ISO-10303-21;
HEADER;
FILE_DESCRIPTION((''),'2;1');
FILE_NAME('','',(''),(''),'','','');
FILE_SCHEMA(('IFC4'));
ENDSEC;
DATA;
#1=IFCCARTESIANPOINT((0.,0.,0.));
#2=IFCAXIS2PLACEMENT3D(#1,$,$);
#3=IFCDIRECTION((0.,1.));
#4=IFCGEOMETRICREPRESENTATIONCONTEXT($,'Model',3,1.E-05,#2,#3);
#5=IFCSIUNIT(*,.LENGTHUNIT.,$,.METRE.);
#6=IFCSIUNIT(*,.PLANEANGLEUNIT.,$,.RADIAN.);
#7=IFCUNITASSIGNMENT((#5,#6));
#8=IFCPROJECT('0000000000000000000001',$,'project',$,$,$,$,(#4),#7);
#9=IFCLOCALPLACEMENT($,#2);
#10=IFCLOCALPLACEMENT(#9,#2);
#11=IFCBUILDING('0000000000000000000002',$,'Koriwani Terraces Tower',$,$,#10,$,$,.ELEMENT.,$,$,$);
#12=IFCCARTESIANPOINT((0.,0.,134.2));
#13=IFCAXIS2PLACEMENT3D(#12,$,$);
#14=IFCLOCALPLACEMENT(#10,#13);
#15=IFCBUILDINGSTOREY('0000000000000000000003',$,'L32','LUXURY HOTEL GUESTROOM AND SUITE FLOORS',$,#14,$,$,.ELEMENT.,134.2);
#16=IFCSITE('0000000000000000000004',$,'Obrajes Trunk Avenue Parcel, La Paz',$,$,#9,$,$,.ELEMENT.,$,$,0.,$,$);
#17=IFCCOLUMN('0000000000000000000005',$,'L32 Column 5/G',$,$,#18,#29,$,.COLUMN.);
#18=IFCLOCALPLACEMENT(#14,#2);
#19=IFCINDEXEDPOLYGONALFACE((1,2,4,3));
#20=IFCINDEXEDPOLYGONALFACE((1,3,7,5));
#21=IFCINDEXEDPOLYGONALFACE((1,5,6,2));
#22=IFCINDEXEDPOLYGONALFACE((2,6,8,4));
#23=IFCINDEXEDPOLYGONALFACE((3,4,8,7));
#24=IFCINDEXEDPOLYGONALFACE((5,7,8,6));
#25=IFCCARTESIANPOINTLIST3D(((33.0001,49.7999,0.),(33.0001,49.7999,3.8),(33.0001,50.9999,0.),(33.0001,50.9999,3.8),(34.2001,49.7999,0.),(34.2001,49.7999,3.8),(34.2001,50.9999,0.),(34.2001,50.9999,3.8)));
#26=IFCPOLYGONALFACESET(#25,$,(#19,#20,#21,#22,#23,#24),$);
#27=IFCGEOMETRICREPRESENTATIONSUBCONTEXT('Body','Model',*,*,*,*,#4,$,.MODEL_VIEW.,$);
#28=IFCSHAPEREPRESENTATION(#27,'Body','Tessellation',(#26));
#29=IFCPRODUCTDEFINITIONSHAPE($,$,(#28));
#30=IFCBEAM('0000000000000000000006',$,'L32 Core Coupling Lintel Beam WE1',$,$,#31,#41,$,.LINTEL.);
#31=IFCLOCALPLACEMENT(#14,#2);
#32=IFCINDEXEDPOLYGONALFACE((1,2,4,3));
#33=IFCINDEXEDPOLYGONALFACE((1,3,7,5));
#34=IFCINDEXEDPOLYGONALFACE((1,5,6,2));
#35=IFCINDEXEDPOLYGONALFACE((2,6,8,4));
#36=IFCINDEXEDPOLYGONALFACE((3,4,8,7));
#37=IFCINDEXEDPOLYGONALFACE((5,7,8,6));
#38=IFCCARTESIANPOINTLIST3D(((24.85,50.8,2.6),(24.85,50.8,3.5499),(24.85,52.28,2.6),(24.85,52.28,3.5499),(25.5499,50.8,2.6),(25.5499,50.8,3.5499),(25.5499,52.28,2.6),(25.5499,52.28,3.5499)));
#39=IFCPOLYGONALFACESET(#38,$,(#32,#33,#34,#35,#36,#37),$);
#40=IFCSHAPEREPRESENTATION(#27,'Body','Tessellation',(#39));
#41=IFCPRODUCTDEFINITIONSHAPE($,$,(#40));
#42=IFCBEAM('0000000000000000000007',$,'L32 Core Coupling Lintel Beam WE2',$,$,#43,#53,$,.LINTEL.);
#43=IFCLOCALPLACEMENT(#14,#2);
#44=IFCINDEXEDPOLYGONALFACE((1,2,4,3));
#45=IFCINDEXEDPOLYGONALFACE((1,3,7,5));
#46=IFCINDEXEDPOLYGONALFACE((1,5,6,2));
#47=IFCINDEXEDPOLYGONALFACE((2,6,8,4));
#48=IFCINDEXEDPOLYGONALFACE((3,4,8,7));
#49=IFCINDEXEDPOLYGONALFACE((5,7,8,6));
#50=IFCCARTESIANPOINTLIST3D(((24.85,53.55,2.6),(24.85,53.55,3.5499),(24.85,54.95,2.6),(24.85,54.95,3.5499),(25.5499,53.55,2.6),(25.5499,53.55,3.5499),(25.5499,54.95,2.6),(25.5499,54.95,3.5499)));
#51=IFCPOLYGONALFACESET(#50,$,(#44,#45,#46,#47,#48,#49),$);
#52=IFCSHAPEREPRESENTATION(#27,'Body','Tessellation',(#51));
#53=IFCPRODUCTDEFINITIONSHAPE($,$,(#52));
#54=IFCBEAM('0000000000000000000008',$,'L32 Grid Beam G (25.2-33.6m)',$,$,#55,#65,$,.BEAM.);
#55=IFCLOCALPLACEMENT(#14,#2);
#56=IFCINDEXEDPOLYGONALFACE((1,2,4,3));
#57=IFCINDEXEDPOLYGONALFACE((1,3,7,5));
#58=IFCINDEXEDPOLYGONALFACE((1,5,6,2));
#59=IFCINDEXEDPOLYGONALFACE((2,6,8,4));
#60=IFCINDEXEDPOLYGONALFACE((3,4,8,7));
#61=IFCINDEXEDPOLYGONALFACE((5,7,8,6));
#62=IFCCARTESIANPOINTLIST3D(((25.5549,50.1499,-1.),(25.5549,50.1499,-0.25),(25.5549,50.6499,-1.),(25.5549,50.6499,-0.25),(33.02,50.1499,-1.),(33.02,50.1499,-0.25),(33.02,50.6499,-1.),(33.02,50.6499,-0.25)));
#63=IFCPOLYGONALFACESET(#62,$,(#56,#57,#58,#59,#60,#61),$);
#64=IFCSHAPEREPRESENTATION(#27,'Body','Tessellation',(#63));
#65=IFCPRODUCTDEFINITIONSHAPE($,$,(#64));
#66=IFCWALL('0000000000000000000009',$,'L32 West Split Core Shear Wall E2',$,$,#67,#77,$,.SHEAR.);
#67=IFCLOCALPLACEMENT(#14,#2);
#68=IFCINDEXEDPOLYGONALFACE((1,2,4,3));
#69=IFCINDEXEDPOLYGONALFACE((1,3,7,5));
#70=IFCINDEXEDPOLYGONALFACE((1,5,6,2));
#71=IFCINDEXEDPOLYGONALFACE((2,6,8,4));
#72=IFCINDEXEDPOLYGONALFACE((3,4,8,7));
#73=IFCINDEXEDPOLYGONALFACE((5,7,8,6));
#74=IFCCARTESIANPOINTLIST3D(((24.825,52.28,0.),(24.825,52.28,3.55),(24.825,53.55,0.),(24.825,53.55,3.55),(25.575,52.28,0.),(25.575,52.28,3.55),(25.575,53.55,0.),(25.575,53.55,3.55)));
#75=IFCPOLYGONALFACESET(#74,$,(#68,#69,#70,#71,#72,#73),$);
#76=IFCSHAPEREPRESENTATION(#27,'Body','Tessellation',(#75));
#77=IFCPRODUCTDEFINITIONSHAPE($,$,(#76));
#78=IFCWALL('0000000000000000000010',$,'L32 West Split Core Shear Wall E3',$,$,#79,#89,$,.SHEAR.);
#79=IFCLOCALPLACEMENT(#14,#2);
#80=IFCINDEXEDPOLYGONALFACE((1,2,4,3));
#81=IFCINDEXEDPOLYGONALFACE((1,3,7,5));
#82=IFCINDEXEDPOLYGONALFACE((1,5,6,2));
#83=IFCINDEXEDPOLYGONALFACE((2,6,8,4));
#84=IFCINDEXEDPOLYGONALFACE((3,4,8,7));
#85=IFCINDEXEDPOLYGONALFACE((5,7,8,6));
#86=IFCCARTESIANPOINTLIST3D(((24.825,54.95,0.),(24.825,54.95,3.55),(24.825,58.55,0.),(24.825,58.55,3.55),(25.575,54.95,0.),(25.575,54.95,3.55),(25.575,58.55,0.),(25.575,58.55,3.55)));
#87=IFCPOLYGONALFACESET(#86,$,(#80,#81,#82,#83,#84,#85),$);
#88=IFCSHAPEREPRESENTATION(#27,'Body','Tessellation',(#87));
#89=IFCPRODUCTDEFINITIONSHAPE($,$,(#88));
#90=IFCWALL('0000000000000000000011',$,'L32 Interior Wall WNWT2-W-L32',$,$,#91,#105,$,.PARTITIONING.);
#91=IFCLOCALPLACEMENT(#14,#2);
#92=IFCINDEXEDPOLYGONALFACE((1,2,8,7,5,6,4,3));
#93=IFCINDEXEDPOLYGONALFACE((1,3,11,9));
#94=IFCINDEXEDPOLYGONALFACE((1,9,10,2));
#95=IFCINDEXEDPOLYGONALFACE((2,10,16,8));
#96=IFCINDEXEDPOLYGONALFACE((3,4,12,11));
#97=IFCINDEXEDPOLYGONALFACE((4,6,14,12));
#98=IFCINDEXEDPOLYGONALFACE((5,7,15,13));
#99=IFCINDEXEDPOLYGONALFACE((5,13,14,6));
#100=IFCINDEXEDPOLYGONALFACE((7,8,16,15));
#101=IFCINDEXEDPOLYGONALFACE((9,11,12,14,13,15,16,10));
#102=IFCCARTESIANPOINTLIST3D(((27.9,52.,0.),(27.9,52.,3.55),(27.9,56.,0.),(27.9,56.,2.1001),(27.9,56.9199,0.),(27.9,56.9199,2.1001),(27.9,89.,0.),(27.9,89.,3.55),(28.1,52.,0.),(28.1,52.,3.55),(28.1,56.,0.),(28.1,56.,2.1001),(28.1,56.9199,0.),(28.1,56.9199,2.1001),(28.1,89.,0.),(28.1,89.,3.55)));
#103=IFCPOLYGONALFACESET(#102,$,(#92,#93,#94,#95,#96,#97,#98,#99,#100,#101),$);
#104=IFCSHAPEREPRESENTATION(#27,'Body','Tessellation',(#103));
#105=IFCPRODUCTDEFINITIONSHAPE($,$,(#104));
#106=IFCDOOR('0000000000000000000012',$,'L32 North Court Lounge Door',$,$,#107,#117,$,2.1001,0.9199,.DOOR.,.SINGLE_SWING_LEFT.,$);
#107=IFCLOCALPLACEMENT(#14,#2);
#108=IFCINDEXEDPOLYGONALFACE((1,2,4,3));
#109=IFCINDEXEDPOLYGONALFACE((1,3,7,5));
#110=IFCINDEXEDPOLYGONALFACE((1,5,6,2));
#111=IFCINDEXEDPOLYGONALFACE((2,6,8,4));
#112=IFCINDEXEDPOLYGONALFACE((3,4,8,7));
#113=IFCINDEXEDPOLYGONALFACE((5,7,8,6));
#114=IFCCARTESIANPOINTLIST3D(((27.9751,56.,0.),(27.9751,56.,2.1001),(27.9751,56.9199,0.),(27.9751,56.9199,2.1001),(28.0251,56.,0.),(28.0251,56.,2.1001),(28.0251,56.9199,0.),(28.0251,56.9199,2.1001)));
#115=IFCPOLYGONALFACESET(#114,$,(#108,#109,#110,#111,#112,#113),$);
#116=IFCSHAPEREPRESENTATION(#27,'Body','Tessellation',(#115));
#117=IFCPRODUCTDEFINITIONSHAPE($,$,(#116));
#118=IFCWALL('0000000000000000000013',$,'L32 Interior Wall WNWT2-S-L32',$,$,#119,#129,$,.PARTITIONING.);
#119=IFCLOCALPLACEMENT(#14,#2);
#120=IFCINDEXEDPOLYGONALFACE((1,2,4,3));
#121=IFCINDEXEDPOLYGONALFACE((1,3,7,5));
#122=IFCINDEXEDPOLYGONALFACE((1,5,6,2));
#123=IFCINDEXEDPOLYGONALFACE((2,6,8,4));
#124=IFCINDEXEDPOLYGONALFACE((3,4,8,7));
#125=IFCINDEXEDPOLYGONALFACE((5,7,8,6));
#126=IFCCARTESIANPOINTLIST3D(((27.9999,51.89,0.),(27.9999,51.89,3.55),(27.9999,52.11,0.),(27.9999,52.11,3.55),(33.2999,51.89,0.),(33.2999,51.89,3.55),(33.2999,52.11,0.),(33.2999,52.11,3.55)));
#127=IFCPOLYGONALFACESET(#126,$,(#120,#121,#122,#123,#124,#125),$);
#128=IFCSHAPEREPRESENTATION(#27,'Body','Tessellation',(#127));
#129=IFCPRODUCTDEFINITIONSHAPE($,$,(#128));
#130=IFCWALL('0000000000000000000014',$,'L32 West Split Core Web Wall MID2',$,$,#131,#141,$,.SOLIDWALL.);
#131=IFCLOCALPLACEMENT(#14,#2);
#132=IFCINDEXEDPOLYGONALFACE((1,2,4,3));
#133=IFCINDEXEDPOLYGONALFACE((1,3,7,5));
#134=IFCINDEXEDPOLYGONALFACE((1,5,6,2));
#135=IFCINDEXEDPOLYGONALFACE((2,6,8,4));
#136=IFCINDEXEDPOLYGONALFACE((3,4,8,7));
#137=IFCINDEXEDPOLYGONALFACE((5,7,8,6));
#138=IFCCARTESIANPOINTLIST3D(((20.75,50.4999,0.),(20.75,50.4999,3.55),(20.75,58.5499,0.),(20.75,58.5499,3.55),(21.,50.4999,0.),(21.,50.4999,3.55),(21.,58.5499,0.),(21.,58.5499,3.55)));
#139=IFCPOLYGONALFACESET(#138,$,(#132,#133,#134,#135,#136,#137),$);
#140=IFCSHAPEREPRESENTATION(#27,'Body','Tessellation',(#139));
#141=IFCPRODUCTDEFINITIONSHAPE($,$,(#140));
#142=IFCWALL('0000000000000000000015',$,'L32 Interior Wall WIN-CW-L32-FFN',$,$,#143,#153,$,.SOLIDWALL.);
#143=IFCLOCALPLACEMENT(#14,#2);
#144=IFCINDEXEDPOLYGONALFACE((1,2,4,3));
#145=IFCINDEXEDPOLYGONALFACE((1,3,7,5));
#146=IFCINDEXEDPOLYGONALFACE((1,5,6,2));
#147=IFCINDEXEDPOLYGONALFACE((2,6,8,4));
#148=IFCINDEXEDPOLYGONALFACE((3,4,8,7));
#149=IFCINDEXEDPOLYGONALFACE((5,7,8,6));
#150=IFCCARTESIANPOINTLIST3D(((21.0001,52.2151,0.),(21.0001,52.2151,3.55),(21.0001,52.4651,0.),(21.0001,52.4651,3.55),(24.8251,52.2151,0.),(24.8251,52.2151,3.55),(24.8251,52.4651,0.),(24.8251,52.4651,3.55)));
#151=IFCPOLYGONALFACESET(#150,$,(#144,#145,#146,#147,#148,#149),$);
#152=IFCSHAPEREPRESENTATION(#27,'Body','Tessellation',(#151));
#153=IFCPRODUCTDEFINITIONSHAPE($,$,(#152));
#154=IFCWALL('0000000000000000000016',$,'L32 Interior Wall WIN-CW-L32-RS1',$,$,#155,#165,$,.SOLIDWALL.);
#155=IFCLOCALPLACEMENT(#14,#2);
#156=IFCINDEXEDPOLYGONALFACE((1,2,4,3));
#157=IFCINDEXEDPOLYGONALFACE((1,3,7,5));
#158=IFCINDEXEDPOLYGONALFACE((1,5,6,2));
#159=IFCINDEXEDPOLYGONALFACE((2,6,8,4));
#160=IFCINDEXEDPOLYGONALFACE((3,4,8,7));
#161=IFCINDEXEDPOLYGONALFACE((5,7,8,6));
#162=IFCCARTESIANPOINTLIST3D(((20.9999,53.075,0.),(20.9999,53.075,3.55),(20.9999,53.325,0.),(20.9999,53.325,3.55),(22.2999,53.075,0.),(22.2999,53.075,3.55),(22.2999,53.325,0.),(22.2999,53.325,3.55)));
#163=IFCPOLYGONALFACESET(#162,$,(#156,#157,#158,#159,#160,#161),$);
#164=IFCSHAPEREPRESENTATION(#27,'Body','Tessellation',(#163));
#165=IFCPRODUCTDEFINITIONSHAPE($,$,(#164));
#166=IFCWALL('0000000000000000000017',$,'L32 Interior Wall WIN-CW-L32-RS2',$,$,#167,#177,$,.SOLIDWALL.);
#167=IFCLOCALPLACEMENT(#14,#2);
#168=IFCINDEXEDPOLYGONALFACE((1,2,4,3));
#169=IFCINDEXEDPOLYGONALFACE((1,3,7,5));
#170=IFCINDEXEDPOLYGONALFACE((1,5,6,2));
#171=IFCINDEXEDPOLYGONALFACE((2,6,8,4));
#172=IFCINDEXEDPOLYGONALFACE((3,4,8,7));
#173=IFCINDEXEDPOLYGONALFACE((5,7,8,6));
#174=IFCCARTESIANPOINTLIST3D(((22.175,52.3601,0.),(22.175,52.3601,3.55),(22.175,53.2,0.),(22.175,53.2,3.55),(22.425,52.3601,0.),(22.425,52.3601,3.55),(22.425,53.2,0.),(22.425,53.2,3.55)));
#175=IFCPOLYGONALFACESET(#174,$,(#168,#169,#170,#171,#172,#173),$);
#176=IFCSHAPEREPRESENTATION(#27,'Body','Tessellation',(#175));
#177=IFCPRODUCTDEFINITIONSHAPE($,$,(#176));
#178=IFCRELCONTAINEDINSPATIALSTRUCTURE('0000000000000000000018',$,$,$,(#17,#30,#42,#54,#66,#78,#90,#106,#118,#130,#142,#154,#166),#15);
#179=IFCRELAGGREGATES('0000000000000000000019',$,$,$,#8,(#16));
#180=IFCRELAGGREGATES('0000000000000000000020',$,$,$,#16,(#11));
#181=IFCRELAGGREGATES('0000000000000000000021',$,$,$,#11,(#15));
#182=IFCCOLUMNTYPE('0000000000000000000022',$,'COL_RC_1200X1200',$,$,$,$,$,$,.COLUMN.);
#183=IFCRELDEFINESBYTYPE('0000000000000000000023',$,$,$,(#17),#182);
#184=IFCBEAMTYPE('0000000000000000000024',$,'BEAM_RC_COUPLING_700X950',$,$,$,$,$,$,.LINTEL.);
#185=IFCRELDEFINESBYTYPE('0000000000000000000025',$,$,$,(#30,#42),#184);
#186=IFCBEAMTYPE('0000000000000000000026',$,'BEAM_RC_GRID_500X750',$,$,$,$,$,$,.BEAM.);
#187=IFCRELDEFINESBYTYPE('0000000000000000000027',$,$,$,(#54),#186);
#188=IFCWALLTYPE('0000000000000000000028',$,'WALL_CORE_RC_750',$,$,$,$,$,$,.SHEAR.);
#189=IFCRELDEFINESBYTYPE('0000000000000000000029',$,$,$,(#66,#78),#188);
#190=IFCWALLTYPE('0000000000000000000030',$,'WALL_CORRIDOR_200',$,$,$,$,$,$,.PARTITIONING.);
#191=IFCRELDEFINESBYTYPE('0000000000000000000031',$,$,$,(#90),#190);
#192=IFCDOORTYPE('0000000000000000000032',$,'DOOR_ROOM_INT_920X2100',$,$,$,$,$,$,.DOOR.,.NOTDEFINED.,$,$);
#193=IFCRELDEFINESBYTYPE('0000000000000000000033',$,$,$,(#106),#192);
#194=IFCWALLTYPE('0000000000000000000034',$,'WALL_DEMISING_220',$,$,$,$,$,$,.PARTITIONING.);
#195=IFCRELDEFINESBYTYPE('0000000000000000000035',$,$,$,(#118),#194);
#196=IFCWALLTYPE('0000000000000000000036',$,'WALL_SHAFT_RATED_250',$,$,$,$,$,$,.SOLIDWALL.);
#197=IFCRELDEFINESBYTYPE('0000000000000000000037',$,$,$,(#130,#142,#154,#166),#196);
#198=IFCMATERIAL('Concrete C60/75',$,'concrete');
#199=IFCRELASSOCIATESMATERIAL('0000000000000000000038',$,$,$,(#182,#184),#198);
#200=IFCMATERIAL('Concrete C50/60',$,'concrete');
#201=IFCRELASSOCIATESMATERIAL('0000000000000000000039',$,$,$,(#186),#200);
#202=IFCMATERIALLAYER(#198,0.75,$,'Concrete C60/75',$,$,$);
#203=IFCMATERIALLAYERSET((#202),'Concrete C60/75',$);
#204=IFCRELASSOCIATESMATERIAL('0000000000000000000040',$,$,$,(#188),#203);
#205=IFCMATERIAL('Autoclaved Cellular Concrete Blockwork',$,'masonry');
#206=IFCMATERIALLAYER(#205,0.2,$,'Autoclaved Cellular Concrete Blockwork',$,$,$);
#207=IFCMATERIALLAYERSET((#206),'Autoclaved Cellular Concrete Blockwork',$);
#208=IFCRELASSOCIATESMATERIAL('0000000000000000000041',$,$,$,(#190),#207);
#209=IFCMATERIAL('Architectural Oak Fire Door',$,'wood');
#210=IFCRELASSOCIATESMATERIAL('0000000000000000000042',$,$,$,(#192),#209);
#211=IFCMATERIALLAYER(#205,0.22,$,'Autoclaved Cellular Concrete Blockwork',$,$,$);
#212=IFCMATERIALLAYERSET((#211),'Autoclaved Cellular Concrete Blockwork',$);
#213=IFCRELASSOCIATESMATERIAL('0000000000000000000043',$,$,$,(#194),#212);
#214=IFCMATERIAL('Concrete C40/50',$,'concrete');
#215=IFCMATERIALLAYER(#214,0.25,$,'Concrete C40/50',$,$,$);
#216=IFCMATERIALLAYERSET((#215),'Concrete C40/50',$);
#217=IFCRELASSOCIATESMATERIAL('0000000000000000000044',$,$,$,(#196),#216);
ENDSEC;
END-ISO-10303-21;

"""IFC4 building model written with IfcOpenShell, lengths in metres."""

from ifc_helpers import new_model, si_unit, direction, frame, frame_2d, origin, origin_2d, place, context, subcontext, project, spatial, rectangle, extrude, material, layer, layer_set, material_profile, profile_set, type_object, element, fill, save


model = new_model("IFC4")

# Units and contexts
model_context = context("Model", 3, precision=1e-05, world=origin(), true_north=direction((0.0, 1.0)))
body_context = subcontext(model_context, "Body", "Model", "MODEL_VIEW")
ifc_project = project(units=[si_unit("LENGTHUNIT", "METRE"), si_unit("PLANEANGLEUNIT", "RADIAN")], contexts=[model_context])

# Site, building, storey
site_placement = place(None, origin())
site = spatial("IfcSite", under=ifc_project, at=site_placement, Name="Obrajes Trunk Avenue Parcel, La Paz", CompositionType="ELEMENT", RefElevation=0.0)
building_placement = place(site_placement, origin())
building = spatial("IfcBuilding", under=site, at=building_placement, Name="Koriwani Terraces Tower", CompositionType="ELEMENT")
storey_placement = place(building_placement, frame((0.0, 0.0, 134.2)))
storey = spatial("IfcBuildingStorey", under=building, at=storey_placement, Name="L32", Description="LUXURY HOTEL GUESTROOM AND SUITE FLOORS", CompositionType="ELEMENT", Elevation=134.2)

# Column
ifc_material_1 = material(Name="Concrete C60/75", Category="concrete")
ifc_material_profile_1 = material_profile(ifc_material_1, rectangle(XDim=1.2, YDim=1.2, at=origin_2d()), Name="Concrete C60/75", Category="LoadBearing")
ifc_profile_set_1 = profile_set([ifc_material_profile_1], Name="Concrete C60/75")
column_type = type_object("IfcColumnType", Name="COL_RC_1200X1200", PredefinedType="COLUMN", material=ifc_profile_set_1)
column_placement = place(storey_placement, frame((33.6001, 50.3999, 0.0), z_axis=(0.0, 0.0, 1.0), x_axis=(1.0, 0.0, 0.0)))
element("IfcColumn", 1, at=column_placement, inside=storey, type_object=column_type, Name="L32 Column 5/G", PredefinedType="COLUMN", context=body_context, shape_type="SweptSolid", body=[
    extrude(rectangle(XDim=1.2, YDim=1.2, at=origin_2d()), origin(), (0.0, 0.0, 1.0), 3.8),
])

# Beams
ifc_material_profile_2 = material_profile(ifc_material_1, rectangle(XDim=0.7, YDim=0.95, at=origin_2d()), Name="Concrete C60/75", Category="LoadBearing")
ifc_profile_set_2 = profile_set([ifc_material_profile_2], Name="Concrete C60/75")
beam_type_1 = type_object("IfcBeamType", Name="BEAM_RC_COUPLING_700X950", PredefinedType="LINTEL", material=ifc_profile_set_2)
beam_1_placement = place(storey_placement, frame((25.2, 50.8, 3.075), z_axis=(0.0, 1.0, 0.0), x_axis=(-1.0, 0.0, 0.0)))
element("IfcBeam", 2, at=beam_1_placement, inside=storey, type_object=beam_type_1, Name="L32 Core Coupling Lintel Beam WE1", PredefinedType="LINTEL", context=body_context, shape_type="SweptSolid", body=[
    extrude(rectangle(XDim=0.7, YDim=0.95, at=origin_2d()), origin(), (0.0, 0.0, 1.0), 1.48),
])
beam_2_placement = place(storey_placement, frame((25.2, 53.55, 3.075), z_axis=(0.0, 1.0, 0.0), x_axis=(-1.0, 0.0, 0.0)))
element("IfcBeam", 3, at=beam_2_placement, inside=storey, type_object=beam_type_1, Name="L32 Core Coupling Lintel Beam WE2", PredefinedType="LINTEL", context=body_context, shape_type="SweptSolid", body=[
    extrude(rectangle(XDim=0.7, YDim=0.95, at=origin_2d()), origin(), (0.0, 0.0, 1.0), 1.3999),
])
ifc_material_2 = material(Name="Concrete C50/60", Category="concrete")
ifc_material_profile_3 = material_profile(ifc_material_2, rectangle(XDim=0.5, YDim=0.75, at=origin_2d()), Name="Concrete C50/60", Category="LoadBearing")
ifc_profile_set_3 = profile_set([ifc_material_profile_3], Name="Concrete C50/60")
beam_type_2 = type_object("IfcBeamType", Name="BEAM_RC_GRID_500X750", PredefinedType="BEAM", material=ifc_profile_set_3)
beam_3_placement = place(storey_placement, frame((25.5549, 50.3999, -0.625), z_axis=(1.0, 0.0, 0.0), x_axis=(0.0, 1.0, 0.0)))
element("IfcBeam", 4, at=beam_3_placement, inside=storey, type_object=beam_type_2, Name="L32 Grid Beam G (25.2-33.6m)", PredefinedType="BEAM", context=body_context, shape_type="SweptSolid", body=[
    extrude(rectangle(XDim=0.5, YDim=0.75, at=origin_2d()), origin(), (0.0, 0.0, 1.0), 7.4651),
])

# Walls
ifc_layer_1 = layer(ifc_material_1, 0.75, Name="Concrete C60/75")
ifc_layer_set_1 = layer_set([ifc_layer_1], Name="Concrete C60/75")
wall_type_1 = type_object("IfcWallType", Name="WALL_CORE_RC_750", PredefinedType="SHEAR", material=ifc_layer_set_1)
wall_1_placement = place(storey_placement, frame((25.2, 52.28, 0.0), z_axis=(0.0, 0.0, 1.0), x_axis=(0.0, 1.0, 0.0)))
element("IfcWall", 5, at=wall_1_placement, inside=storey, type_object=wall_type_1, Name="L32 West Split Core Shear Wall E2", PredefinedType="SHEAR", context=body_context, shape_type="SweptSolid", body=[
    extrude(rectangle(XDim=1.27, YDim=0.75, at=frame_2d((0.635, 0.0))), origin(), (0.0, 0.0, 1.0), 3.55),
])
wall_2_placement = place(storey_placement, frame((25.2, 54.95, 0.0), z_axis=(0.0, 0.0, 1.0), x_axis=(0.0, 1.0, 0.0)))
element("IfcWall", 6, at=wall_2_placement, inside=storey, type_object=wall_type_1, Name="L32 West Split Core Shear Wall E3", PredefinedType="SHEAR", context=body_context, shape_type="SweptSolid", body=[
    extrude(rectangle(XDim=3.6001, YDim=0.75, at=frame_2d((1.8, 0.0))), origin(), (0.0, 0.0, 1.0), 3.55),
])

# Wall, opening, door
ifc_material_3 = material(Name="Autoclaved Cellular Concrete Blockwork", Category="masonry")
ifc_layer_2 = layer(ifc_material_3, 0.2, Name="Autoclaved Cellular Concrete Blockwork")
ifc_layer_set_2 = layer_set([ifc_layer_2], Name="Autoclaved Cellular Concrete Blockwork")
wall_type_2 = type_object("IfcWallType", Name="WALL_CORRIDOR_200", PredefinedType="PARTITIONING", material=ifc_layer_set_2)
wall_3_placement = place(storey_placement, frame((28.0, 52.0, 0.0), z_axis=(0.0, 0.0, 1.0), x_axis=(0.0, 1.0, 0.0)))
wall_3 = element("IfcWall", 7, at=wall_3_placement, inside=storey, type_object=wall_type_2, Name="L32 Interior Wall WNWT2-W-L32", PredefinedType="PARTITIONING", context=body_context, shape_type="SweptSolid", body=[
    extrude(rectangle(XDim=37.0, YDim=0.2, at=frame_2d((18.5, 0.0))), origin(), (0.0, 0.0, 1.0), 3.55),
])
opening_1_placement = place(wall_3_placement, frame((4.0, 0.0, 0.0)))
opening_1 = element("IfcOpeningElement", 8, at=opening_1_placement, cuts=wall_3, PredefinedType="OPENING", context=body_context, shape_type="SweptSolid", body=[
    extrude(rectangle(XDim=0.9199, YDim=2.1001, at=frame_2d((0.46, 1.05))), frame((0.0, 0.1099, 0.0), z_axis=(0.0, -1.0, 0.0), x_axis=(1.0, 0.0, 0.0)), (0.0, 0.0, 1.0), 0.22),
])
ifc_material_4 = material(Name="Architectural Oak Fire Door", Category="wood")
door_type_1 = type_object("IfcDoorType", Name="DOOR_ROOM_INT_920X2100", OperationType="NOTDEFINED", PredefinedType="DOOR", material=ifc_material_4)
door_1_placement = place(opening_1_placement, origin())
door_1 = element("IfcDoor", 9, at=door_1_placement, inside=storey, type_object=door_type_1, Name="L32 North Court Lounge Door", OperationType="SINGLE_SWING_LEFT", OverallHeight=2.1001, OverallWidth=0.9199, PredefinedType="DOOR", context=body_context, shape_type="SweptSolid", body=[
    extrude(rectangle(XDim=0.9199, YDim=2.1001, at=frame_2d((0.46, 1.05))), frame((0.0, 0.0249, 0.0), z_axis=(0.0, -1.0, 0.0), x_axis=(1.0, 0.0, 0.0)), (0.0, 0.0, 1.0), 0.05),
])
fill(opening_1, door_1)

# Walls
ifc_layer_3 = layer(ifc_material_3, 0.22, Name="Autoclaved Cellular Concrete Blockwork")
ifc_layer_set_3 = layer_set([ifc_layer_3], Name="Autoclaved Cellular Concrete Blockwork")
wall_type_3 = type_object("IfcWallType", Name="WALL_DEMISING_220", PredefinedType="PARTITIONING", material=ifc_layer_set_3)
wall_4_placement = place(storey_placement, frame((28.0, 52.0, 0.0), z_axis=(0.0, 0.0, 1.0), x_axis=(1.0, 0.0, 0.0)))
element("IfcWall", 10, at=wall_4_placement, inside=storey, type_object=wall_type_3, Name="L32 Interior Wall WNWT2-S-L32", PredefinedType="PARTITIONING", context=body_context, shape_type="SweptSolid", body=[
    extrude(rectangle(XDim=5.3, YDim=0.22, at=frame_2d((2.6499, 0.0))), origin(), (0.0, 0.0, 1.0), 3.55),
])
ifc_material_5 = material(Name="Concrete C40/50", Category="concrete")
ifc_layer_4 = layer(ifc_material_5, 0.25, Name="Concrete C40/50")
ifc_layer_set_4 = layer_set([ifc_layer_4], Name="Concrete C40/50")
wall_type_4 = type_object("IfcWallType", Name="WALL_SHAFT_RATED_250", PredefinedType="SOLIDWALL", material=ifc_layer_set_4)
wall_5_placement = place(storey_placement, frame((20.875, 50.5, 0.0), z_axis=(0.0, 0.0, 1.0), x_axis=(0.0, 1.0, 0.0)))
element("IfcWall", 11, at=wall_5_placement, inside=storey, type_object=wall_type_4, Name="L32 West Split Core Web Wall MID2", PredefinedType="SOLIDWALL", context=body_context, shape_type="SweptSolid", body=[
    extrude(rectangle(XDim=8.05, YDim=0.25, at=frame_2d((4.0249, 0.0))), origin(), (0.0, 0.0, 1.0), 3.55),
])

# Wall
wall_6_placement = place(storey_placement, frame((21.0, 52.3401, 0.0), z_axis=(0.0, 0.0, 1.0), x_axis=(1.0, 0.0, 0.0)))
element("IfcWall", 12, at=wall_6_placement, inside=storey, type_object=wall_type_4, Name="L32 Interior Wall WIN-CW-L32-FFN", PredefinedType="SOLIDWALL", context=body_context, shape_type="SweptSolid", body=[
    extrude(rectangle(XDim=3.825, YDim=0.25, at=frame_2d((1.9126, 0.0))), origin(), (0.0, 0.0, 1.0), 3.55),
])

# Walls
wall_7_placement = place(storey_placement, frame((21.0, 53.2, 0.0), z_axis=(0.0, 0.0, 1.0), x_axis=(1.0, 0.0, 0.0)))
element("IfcWall", 13, at=wall_7_placement, inside=storey, type_object=wall_type_4, Name="L32 Interior Wall WIN-CW-L32-RS1", PredefinedType="SOLIDWALL", context=body_context, shape_type="SweptSolid", body=[
    extrude(rectangle(XDim=1.3, YDim=0.25, at=frame_2d((0.6499, 0.0))), origin(), (0.0, 0.0, 1.0), 3.55),
])
wall_8_placement = place(storey_placement, frame((22.3, 52.3601, 0.0), z_axis=(0.0, 0.0, 1.0), x_axis=(0.0, 1.0, 0.0)))
element("IfcWall", 14, at=wall_8_placement, inside=storey, type_object=wall_type_4, Name="L32 Interior Wall WIN-CW-L32-RS2", PredefinedType="SOLIDWALL", context=body_context, shape_type="SweptSolid", body=[
    extrude(rectangle(XDim=0.8398, YDim=0.25, at=frame_2d((0.4199, 0.0))), origin(), (0.0, 0.0, 1.0), 3.55),
])

save(model, "model.ifc")
